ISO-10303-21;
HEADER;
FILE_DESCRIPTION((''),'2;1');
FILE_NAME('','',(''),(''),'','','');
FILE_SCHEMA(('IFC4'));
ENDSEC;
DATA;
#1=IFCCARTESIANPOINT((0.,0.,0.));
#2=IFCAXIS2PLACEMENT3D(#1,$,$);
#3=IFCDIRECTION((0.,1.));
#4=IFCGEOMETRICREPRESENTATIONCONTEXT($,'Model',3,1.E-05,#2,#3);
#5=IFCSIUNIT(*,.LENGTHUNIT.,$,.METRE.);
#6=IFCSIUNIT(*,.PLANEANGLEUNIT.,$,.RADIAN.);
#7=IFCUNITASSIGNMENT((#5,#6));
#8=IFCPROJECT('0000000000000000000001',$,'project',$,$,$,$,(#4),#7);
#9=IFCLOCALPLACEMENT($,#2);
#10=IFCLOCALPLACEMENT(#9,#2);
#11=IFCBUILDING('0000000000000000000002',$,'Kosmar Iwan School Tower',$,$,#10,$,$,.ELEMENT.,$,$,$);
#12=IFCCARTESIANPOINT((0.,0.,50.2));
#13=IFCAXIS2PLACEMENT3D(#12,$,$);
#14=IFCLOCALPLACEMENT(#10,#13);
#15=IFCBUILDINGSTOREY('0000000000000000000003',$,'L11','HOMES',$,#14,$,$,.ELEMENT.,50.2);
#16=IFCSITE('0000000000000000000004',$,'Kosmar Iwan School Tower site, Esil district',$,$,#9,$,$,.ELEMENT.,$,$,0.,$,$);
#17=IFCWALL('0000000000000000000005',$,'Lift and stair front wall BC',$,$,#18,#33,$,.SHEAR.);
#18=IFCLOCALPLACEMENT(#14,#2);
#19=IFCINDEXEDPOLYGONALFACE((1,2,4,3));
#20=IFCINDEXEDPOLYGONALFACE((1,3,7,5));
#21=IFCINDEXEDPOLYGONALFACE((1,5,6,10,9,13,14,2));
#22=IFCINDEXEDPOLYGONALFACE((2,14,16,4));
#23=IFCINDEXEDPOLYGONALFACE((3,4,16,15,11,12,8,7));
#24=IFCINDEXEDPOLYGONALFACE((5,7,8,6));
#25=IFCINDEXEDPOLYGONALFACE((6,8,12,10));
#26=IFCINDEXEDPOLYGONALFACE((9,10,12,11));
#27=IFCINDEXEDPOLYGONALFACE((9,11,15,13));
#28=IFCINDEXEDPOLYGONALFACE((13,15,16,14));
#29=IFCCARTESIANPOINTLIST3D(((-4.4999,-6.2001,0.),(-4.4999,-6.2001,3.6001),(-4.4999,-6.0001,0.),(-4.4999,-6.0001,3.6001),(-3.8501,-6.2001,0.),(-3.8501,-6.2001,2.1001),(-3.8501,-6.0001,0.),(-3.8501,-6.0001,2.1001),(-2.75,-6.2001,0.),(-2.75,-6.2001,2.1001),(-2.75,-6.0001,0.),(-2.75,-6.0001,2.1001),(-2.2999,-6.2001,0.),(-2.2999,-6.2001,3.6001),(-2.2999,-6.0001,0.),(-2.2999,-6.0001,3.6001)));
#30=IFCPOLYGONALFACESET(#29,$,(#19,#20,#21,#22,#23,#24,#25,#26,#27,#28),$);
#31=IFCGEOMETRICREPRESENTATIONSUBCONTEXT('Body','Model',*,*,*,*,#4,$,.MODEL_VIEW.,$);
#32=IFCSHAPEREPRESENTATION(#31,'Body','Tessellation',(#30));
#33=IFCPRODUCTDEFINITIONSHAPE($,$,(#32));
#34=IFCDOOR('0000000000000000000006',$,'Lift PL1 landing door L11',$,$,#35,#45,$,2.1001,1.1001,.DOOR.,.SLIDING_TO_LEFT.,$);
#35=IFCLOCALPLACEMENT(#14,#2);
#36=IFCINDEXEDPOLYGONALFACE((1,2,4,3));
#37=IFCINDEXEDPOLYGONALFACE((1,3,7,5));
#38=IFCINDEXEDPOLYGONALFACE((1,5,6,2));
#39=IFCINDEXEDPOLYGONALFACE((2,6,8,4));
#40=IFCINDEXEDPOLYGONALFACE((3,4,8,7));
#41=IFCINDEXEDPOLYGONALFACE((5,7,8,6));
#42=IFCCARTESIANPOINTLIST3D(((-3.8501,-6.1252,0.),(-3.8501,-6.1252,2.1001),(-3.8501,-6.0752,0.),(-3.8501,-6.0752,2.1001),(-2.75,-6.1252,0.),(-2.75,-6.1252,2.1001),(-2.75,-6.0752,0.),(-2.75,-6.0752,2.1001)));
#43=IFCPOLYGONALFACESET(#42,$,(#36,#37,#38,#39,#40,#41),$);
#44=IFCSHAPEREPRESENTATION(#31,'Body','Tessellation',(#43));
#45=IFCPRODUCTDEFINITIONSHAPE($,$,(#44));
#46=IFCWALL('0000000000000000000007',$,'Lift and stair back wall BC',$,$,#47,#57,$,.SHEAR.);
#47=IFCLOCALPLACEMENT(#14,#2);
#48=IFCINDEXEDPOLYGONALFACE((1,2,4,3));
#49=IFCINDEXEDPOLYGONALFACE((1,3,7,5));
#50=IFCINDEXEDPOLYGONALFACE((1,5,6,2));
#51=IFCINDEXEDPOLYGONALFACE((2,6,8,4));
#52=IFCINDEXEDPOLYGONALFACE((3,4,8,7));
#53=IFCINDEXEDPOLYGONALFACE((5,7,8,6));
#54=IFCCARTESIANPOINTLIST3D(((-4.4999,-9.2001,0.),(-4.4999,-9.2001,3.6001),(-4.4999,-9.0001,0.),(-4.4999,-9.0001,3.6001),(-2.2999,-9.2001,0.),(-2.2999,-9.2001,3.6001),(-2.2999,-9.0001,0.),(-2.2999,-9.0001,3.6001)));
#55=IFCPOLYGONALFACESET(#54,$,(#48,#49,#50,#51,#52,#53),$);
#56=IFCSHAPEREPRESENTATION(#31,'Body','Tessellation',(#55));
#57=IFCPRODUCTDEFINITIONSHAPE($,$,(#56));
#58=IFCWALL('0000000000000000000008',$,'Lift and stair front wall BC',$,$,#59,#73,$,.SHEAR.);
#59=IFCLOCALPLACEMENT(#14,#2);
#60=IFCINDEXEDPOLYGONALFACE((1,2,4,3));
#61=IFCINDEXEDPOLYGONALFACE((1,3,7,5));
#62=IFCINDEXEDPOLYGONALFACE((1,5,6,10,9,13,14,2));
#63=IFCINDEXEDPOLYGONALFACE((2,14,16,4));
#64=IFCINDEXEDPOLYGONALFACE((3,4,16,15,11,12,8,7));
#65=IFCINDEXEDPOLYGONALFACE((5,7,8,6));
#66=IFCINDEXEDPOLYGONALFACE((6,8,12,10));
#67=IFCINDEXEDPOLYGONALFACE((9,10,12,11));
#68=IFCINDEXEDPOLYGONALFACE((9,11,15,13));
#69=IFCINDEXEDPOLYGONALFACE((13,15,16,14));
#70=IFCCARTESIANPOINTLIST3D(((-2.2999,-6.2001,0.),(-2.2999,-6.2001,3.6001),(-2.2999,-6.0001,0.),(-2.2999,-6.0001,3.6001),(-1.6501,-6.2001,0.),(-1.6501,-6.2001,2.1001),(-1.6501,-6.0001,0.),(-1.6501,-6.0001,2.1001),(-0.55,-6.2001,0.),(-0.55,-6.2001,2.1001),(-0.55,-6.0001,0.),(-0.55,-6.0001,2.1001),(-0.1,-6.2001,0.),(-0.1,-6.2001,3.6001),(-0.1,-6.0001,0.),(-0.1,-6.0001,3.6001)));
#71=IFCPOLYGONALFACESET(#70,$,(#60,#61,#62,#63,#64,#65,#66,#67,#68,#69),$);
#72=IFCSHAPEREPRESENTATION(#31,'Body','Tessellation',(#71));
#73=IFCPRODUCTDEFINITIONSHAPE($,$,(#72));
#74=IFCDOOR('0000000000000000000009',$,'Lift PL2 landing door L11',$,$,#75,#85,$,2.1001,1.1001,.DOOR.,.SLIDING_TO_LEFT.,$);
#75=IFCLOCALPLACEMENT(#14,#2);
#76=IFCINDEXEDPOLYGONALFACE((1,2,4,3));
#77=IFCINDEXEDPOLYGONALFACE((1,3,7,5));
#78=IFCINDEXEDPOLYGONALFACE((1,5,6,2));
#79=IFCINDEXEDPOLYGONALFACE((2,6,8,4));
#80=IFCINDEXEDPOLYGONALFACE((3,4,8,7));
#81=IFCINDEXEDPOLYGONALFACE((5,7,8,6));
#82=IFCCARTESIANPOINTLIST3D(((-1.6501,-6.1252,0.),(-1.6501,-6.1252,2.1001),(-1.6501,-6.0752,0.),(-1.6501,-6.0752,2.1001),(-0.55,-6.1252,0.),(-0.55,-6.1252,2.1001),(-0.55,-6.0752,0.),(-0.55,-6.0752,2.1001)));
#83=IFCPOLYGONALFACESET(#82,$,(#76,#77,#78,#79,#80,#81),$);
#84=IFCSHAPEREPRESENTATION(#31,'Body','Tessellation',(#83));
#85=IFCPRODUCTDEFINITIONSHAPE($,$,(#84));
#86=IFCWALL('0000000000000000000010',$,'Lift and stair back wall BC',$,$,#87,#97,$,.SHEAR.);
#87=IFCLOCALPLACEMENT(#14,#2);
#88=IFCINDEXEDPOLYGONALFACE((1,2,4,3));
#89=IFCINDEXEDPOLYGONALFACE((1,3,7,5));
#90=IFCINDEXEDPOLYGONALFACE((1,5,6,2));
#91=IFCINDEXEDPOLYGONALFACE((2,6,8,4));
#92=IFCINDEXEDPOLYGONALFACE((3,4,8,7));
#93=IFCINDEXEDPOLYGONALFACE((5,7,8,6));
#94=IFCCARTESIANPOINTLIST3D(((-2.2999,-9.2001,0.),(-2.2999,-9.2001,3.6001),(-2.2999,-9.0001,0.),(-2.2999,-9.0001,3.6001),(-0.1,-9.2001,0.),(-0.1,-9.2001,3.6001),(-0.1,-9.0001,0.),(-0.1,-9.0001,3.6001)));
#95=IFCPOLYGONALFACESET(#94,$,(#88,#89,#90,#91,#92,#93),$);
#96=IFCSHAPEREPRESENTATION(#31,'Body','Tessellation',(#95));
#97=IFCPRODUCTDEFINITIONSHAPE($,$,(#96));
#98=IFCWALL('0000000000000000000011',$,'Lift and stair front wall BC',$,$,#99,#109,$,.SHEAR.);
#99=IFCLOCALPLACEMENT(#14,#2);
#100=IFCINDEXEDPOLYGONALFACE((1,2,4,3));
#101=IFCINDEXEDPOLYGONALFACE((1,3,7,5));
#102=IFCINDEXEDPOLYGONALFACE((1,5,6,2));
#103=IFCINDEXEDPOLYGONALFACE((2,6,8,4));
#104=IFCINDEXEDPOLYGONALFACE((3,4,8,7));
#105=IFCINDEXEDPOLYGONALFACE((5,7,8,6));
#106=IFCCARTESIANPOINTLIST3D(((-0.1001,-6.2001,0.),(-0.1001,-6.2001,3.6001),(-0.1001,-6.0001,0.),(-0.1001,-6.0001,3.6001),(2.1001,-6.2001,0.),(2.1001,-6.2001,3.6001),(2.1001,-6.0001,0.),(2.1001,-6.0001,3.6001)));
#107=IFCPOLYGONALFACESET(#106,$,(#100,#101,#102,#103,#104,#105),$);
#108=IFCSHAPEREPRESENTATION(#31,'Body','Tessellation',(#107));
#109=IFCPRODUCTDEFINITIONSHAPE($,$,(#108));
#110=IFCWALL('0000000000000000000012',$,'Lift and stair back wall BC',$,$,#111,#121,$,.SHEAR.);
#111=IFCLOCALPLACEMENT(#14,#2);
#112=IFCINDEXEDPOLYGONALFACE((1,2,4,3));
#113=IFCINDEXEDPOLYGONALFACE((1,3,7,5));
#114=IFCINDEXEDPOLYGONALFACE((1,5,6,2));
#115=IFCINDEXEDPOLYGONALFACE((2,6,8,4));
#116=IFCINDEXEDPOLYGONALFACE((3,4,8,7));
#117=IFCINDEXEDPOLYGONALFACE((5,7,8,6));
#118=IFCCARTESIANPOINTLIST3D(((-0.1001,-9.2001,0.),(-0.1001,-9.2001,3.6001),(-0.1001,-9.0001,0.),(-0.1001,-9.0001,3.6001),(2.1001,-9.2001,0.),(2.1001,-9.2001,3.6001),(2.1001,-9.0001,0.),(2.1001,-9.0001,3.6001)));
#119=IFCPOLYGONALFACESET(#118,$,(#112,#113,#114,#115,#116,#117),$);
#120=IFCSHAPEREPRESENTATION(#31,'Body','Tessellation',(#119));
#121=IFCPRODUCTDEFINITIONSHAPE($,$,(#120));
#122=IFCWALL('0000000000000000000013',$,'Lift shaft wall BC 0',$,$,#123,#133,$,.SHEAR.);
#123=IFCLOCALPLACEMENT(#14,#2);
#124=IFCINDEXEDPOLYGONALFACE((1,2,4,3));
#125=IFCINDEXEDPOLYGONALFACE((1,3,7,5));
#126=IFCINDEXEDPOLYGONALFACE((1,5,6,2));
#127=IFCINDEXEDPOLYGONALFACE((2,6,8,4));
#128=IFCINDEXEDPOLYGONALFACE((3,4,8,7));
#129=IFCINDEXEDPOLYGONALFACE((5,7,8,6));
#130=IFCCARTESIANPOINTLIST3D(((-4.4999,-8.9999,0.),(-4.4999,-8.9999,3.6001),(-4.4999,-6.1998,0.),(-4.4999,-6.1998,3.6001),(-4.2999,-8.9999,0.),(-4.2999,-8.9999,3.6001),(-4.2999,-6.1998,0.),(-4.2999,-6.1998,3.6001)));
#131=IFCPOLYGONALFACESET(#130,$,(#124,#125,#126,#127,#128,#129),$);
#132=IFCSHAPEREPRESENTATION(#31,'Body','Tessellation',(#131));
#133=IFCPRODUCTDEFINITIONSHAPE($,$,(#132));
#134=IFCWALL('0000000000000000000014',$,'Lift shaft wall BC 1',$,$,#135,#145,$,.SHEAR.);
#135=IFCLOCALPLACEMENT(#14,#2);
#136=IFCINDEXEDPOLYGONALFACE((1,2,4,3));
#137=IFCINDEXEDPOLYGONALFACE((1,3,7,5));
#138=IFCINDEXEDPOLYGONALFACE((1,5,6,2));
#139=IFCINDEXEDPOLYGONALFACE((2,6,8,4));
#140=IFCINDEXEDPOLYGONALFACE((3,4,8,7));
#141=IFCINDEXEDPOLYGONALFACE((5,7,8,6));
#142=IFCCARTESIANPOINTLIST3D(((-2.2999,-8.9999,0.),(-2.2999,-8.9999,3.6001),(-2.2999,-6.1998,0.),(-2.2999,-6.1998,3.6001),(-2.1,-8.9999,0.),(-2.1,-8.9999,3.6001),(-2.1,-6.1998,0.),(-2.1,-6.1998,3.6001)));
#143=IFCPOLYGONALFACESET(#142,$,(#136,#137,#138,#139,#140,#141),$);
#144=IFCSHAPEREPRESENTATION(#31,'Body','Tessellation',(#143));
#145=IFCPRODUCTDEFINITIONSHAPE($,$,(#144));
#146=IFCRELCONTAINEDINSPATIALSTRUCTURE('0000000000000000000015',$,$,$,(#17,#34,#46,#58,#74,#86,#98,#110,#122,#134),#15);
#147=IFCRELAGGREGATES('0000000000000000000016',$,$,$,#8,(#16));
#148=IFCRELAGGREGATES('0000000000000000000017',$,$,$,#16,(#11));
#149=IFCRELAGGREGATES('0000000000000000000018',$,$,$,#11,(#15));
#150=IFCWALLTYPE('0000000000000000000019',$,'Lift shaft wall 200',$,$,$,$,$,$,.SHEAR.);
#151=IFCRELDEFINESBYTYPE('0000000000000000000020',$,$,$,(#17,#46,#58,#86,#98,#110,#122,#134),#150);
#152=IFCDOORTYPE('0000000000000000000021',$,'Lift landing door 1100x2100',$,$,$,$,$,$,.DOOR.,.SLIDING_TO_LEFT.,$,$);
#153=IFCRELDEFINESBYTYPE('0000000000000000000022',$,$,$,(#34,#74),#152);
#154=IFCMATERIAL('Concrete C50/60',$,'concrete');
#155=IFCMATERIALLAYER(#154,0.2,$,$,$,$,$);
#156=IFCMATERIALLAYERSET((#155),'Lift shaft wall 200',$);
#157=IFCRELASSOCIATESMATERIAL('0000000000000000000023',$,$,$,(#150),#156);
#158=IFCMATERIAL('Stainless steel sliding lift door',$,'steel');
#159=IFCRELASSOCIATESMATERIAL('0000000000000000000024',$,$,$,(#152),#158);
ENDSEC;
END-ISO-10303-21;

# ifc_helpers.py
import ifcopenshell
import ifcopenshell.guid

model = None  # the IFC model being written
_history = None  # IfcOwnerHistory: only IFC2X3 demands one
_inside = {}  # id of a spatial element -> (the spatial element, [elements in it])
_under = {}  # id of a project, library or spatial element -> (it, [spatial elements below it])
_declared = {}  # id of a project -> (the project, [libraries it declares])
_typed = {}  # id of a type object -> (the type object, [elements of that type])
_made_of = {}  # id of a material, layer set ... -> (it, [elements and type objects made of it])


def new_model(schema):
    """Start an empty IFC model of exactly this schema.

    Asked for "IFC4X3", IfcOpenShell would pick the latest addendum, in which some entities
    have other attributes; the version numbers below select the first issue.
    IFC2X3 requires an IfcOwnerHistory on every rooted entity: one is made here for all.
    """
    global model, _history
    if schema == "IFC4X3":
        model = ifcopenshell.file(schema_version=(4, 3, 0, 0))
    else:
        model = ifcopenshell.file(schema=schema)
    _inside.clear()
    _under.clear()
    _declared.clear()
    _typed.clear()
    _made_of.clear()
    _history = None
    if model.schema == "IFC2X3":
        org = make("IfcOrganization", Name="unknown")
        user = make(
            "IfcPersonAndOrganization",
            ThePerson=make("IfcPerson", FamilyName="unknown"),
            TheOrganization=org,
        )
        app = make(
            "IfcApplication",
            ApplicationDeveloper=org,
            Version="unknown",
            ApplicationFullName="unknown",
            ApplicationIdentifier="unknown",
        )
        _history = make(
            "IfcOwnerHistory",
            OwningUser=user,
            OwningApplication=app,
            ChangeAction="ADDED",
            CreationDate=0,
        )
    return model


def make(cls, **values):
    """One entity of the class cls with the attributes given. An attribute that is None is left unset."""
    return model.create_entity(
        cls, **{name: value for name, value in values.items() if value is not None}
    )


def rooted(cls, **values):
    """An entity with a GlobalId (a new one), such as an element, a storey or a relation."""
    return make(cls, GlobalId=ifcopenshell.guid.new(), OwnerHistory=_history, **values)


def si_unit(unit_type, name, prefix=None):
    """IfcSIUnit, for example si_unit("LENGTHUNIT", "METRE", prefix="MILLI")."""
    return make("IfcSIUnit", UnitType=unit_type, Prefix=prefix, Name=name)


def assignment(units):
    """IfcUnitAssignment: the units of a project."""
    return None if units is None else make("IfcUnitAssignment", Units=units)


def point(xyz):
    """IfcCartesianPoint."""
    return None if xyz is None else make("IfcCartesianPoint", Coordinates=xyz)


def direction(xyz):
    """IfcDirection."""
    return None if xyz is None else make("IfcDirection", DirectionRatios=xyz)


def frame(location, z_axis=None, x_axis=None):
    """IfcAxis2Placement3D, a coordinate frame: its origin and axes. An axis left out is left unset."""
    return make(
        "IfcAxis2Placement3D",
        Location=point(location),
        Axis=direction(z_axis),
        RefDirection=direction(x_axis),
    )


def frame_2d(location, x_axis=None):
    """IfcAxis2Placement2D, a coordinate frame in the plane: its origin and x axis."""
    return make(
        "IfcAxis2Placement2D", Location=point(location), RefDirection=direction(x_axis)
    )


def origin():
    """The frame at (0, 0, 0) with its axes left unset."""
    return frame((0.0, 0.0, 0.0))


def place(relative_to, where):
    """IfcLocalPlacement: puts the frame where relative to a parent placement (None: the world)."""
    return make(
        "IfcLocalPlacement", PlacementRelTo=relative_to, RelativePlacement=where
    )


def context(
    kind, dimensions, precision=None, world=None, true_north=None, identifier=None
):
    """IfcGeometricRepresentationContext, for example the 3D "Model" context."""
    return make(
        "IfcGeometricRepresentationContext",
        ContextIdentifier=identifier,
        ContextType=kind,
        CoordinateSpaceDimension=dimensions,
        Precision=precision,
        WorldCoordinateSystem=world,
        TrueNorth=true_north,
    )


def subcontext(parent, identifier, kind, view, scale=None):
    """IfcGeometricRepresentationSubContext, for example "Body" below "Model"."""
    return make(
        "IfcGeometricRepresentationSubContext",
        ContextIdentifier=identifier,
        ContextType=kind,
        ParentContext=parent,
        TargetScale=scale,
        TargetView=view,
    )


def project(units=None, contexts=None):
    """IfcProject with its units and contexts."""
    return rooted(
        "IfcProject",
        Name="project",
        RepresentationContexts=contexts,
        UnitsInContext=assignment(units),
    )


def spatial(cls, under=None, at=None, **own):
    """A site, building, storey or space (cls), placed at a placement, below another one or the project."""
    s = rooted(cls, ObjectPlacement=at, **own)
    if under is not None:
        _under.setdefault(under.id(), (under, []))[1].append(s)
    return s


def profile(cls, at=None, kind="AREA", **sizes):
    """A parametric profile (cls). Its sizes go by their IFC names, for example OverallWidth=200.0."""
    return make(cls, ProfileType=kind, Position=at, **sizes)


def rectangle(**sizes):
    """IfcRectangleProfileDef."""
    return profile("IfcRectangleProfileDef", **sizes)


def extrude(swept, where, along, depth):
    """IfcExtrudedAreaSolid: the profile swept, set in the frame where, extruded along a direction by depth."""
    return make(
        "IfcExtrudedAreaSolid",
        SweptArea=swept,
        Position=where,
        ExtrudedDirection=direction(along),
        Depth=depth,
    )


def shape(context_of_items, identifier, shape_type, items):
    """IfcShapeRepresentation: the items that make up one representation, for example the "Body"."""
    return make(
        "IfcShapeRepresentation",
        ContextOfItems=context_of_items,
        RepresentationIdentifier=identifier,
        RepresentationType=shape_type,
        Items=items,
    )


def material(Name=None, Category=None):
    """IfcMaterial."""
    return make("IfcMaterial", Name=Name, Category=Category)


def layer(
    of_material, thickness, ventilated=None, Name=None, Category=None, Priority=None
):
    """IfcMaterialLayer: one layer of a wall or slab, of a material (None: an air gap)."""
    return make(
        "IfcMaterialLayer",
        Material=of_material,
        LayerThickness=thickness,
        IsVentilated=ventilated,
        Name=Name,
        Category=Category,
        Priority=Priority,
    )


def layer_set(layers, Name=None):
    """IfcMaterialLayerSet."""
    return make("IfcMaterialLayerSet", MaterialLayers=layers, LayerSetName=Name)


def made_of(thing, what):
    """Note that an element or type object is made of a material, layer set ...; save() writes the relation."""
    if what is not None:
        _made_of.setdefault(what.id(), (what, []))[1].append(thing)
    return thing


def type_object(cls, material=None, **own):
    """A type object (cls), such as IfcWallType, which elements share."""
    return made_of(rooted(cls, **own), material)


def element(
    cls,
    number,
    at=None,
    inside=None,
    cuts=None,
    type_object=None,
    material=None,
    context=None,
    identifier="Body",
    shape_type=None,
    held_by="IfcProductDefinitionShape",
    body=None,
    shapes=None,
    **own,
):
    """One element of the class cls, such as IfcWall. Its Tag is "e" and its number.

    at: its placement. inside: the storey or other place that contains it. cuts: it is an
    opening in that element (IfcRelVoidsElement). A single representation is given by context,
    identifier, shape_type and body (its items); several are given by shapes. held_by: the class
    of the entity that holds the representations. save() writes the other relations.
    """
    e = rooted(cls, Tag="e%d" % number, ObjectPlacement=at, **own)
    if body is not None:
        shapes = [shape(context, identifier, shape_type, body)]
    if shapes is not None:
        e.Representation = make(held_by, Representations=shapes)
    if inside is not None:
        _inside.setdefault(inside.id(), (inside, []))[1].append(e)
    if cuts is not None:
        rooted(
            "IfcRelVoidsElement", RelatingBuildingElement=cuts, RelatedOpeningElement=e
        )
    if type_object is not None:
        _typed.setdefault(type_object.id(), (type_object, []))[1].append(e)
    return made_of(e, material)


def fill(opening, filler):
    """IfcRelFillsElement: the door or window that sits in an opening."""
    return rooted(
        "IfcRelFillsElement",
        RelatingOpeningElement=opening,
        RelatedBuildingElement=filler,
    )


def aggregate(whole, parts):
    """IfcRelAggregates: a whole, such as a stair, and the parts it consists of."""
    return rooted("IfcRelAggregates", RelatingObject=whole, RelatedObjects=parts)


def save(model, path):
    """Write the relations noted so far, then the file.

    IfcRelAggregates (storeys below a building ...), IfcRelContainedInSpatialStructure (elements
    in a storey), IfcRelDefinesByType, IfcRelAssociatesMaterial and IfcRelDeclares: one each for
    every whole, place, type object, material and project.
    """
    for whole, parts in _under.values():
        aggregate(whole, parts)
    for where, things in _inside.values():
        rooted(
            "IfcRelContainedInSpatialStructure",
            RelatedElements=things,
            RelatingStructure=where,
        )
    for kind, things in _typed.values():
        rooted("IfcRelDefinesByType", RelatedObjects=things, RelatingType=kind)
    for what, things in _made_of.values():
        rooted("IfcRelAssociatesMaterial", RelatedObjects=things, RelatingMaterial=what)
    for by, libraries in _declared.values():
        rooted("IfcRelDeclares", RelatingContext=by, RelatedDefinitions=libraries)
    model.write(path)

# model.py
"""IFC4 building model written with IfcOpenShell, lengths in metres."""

from ifc_helpers import new_model, si_unit, direction, frame, frame_2d, origin, place, context, subcontext, project, spatial, rectangle, extrude, material, layer, layer_set, type_object, element, fill, save


model = new_model("IFC4")

# Units and contexts
model_context = context("Model", 3, precision=1e-05, world=origin(), true_north=direction((0.0, 1.0)))
body_context = subcontext(model_context, "Body", "Model", "MODEL_VIEW")
ifc_project = project(units=[si_unit("LENGTHUNIT", "METRE"), si_unit("PLANEANGLEUNIT", "RADIAN")], contexts=[model_context])

# Site, building, storey
site_placement = place(None, origin())
site = spatial("IfcSite", under=ifc_project, at=site_placement, Name="Kosmar Iwan School Tower site, Esil district", CompositionType="ELEMENT", RefElevation=0.0)
building_placement = place(site_placement, origin())
building = spatial("IfcBuilding", under=site, at=building_placement, Name="Kosmar Iwan School Tower", CompositionType="ELEMENT")
storey_placement = place(building_placement, frame((0.0, 0.0, 50.2)))
storey = spatial("IfcBuildingStorey", under=building, at=storey_placement, Name="L11", Description="HOMES", CompositionType="ELEMENT", Elevation=50.2)

# Wall, opening, door
ifc_material_1 = material(Name="Concrete C50/60", Category="concrete")
ifc_layer_1 = layer(ifc_material_1, 0.2)
ifc_layer_set_1 = layer_set([ifc_layer_1], Name="Lift shaft wall 200")
wall_type_1 = type_object("IfcWallType", Name="Lift shaft wall 200", PredefinedType="SHEAR", material=ifc_layer_set_1)
wall_1_placement = place(storey_placement, frame((-4.5, -6.1001, 0.0), z_axis=(0.0, 0.0, 1.0), x_axis=(1.0, 0.0, 0.0)))
wall_1 = element("IfcWall", 1, at=wall_1_placement, inside=storey, type_object=wall_type_1, Name="Lift and stair front wall BC", PredefinedType="SHEAR", context=body_context, shape_type="SweptSolid", body=[
    extrude(rectangle(XDim=2.2, YDim=0.2, at=frame_2d((1.1001, 0.0))), origin(), (0.0, 0.0, 1.0), 3.6001),
])
opening_1_placement = place(wall_1_placement, frame((0.6499, 0.0, 0.0)))
opening_1 = element("IfcOpeningElement", 2, at=opening_1_placement, cuts=wall_1, PredefinedType="OPENING", context=body_context, shape_type="SweptSolid", body=[
    extrude(rectangle(XDim=1.1001, YDim=2.1001, at=frame_2d((0.55, 1.05))), frame((0.0, 0.1121, 0.0), z_axis=(0.0, -1.0, 0.0), x_axis=(1.0, 0.0, 0.0)), (0.0, 0.0, 1.0), 0.2239),
])
ifc_material_2 = material(Name="Stainless steel sliding lift door", Category="steel")
door_type_1 = type_object("IfcDoorType", Name="Lift landing door 1100x2100", OperationType="SLIDING_TO_LEFT", PredefinedType="DOOR", material=ifc_material_2)
door_1_placement = place(opening_1_placement, origin())
door_1 = element("IfcDoor", 3, at=door_1_placement, inside=storey, type_object=door_type_1, Name="Lift PL1 landing door L11", OperationType="SLIDING_TO_LEFT", OverallHeight=2.1001, OverallWidth=1.1001, PredefinedType="DOOR", context=body_context, shape_type="SweptSolid", body=[
    extrude(rectangle(XDim=1.1001, YDim=2.1001, at=frame_2d((0.55, 1.05))), frame((0.0, 0.0249, 0.0), z_axis=(0.0, -1.0, 0.0), x_axis=(1.0, 0.0, 0.0)), (0.0, 0.0, 1.0), 0.05),
])
fill(opening_1, door_1)

# Wall
wall_2_placement = place(storey_placement, frame((-4.5, -9.1001, 0.0), z_axis=(0.0, 0.0, 1.0), x_axis=(1.0, 0.0, 0.0)))
element("IfcWall", 4, at=wall_2_placement, inside=storey, type_object=wall_type_1, Name="Lift and stair back wall BC", PredefinedType="SHEAR", context=body_context, shape_type="SweptSolid", body=[
    extrude(rectangle(XDim=2.2, YDim=0.2, at=frame_2d((1.1001, 0.0))), origin(), (0.0, 0.0, 1.0), 3.6001),
])

# Wall, opening, door
wall_3_placement = place(storey_placement, frame((-2.3, -6.1001, 0.0), z_axis=(0.0, 0.0, 1.0), x_axis=(1.0, 0.0, 0.0)))
wall_3 = element("IfcWall", 5, at=wall_3_placement, inside=storey, type_object=wall_type_1, Name="Lift and stair front wall BC", PredefinedType="SHEAR", context=body_context, shape_type="SweptSolid", body=[
    extrude(rectangle(XDim=2.2, YDim=0.2, at=frame_2d((1.1001, 0.0))), origin(), (0.0, 0.0, 1.0), 3.6001),
])
opening_2_placement = place(wall_3_placement, frame((0.6499, 0.0, 0.0)))
opening_2 = element("IfcOpeningElement", 6, at=opening_2_placement, cuts=wall_3, PredefinedType="OPENING", context=body_context, shape_type="SweptSolid", body=[
    extrude(rectangle(XDim=1.1001, YDim=2.1001, at=frame_2d((0.55, 1.05))), frame((0.0, 0.1121, 0.0), z_axis=(0.0, -1.0, 0.0), x_axis=(1.0, 0.0, 0.0)), (0.0, 0.0, 1.0), 0.2239),
])
door_2_placement = place(opening_2_placement, origin())
door_2 = element("IfcDoor", 7, at=door_2_placement, inside=storey, type_object=door_type_1, Name="Lift PL2 landing door L11", OperationType="SLIDING_TO_LEFT", OverallHeight=2.1001, OverallWidth=1.1001, PredefinedType="DOOR", context=body_context, shape_type="SweptSolid", body=[
    extrude(rectangle(XDim=1.1001, YDim=2.1001, at=frame_2d((0.55, 1.05))), frame((0.0, 0.0249, 0.0), z_axis=(0.0, -1.0, 0.0), x_axis=(1.0, 0.0, 0.0)), (0.0, 0.0, 1.0), 0.05),
])
fill(opening_2, door_2)

# Walls
wall_4_placement = place(storey_placement, frame((-2.3, -9.1001, 0.0), z_axis=(0.0, 0.0, 1.0), x_axis=(1.0, 0.0, 0.0)))
element("IfcWall", 8, at=wall_4_placement, inside=storey, type_object=wall_type_1, Name="Lift and stair back wall BC", PredefinedType="SHEAR", context=body_context, shape_type="SweptSolid", body=[
    extrude(rectangle(XDim=2.2, YDim=0.2, at=frame_2d((1.1001, 0.0))), origin(), (0.0, 0.0, 1.0), 3.6001),
])
for number, where, z_axis, x_axis, name in (
    (9, (-0.1001, -6.1001, 0.0), (0.0, 0.0, 1.0), (1.0, 0.0, 0.0), "Lift and stair front wall BC"),
    (10, (-0.1001, -9.1001, 0.0), (0.0, 0.0, 1.0), (1.0, 0.0, 0.0), "Lift and stair back wall BC"),
):
    element("IfcWall", number, at=place(storey_placement, frame(where, z_axis=z_axis, x_axis=x_axis)), inside=storey, type_object=wall_type_1, Name=name, PredefinedType="SHEAR", context=body_context, shape_type="SweptSolid", body=[
        extrude(rectangle(XDim=2.2002, YDim=0.2, at=frame_2d((1.1001, 0.0))), origin(), (0.0, 0.0, 1.0), 3.6001),
    ])
for number, where, z_axis, x_axis, name in (
    (11, (-4.3999, -6.2, 0.0), (0.0, 0.0, 1.0), (0.0, -1.0, 0.0), "Lift shaft wall BC 0"),
    (12, (-2.2, -6.2, 0.0), (0.0, 0.0, 1.0), (0.0, -1.0, 0.0), "Lift shaft wall BC 1"),
):
    element("IfcWall", number, at=place(storey_placement, frame(where, z_axis=z_axis, x_axis=x_axis)), inside=storey, type_object=wall_type_1, Name=name, PredefinedType="SHEAR", context=body_context, shape_type="SweptSolid", body=[
        extrude(rectangle(XDim=2.8, YDim=0.2, at=frame_2d((1.3999, 0.0))), origin(), (0.0, 0.0, 1.0), 3.6001),
    ])

save(model, "model.ifc")
